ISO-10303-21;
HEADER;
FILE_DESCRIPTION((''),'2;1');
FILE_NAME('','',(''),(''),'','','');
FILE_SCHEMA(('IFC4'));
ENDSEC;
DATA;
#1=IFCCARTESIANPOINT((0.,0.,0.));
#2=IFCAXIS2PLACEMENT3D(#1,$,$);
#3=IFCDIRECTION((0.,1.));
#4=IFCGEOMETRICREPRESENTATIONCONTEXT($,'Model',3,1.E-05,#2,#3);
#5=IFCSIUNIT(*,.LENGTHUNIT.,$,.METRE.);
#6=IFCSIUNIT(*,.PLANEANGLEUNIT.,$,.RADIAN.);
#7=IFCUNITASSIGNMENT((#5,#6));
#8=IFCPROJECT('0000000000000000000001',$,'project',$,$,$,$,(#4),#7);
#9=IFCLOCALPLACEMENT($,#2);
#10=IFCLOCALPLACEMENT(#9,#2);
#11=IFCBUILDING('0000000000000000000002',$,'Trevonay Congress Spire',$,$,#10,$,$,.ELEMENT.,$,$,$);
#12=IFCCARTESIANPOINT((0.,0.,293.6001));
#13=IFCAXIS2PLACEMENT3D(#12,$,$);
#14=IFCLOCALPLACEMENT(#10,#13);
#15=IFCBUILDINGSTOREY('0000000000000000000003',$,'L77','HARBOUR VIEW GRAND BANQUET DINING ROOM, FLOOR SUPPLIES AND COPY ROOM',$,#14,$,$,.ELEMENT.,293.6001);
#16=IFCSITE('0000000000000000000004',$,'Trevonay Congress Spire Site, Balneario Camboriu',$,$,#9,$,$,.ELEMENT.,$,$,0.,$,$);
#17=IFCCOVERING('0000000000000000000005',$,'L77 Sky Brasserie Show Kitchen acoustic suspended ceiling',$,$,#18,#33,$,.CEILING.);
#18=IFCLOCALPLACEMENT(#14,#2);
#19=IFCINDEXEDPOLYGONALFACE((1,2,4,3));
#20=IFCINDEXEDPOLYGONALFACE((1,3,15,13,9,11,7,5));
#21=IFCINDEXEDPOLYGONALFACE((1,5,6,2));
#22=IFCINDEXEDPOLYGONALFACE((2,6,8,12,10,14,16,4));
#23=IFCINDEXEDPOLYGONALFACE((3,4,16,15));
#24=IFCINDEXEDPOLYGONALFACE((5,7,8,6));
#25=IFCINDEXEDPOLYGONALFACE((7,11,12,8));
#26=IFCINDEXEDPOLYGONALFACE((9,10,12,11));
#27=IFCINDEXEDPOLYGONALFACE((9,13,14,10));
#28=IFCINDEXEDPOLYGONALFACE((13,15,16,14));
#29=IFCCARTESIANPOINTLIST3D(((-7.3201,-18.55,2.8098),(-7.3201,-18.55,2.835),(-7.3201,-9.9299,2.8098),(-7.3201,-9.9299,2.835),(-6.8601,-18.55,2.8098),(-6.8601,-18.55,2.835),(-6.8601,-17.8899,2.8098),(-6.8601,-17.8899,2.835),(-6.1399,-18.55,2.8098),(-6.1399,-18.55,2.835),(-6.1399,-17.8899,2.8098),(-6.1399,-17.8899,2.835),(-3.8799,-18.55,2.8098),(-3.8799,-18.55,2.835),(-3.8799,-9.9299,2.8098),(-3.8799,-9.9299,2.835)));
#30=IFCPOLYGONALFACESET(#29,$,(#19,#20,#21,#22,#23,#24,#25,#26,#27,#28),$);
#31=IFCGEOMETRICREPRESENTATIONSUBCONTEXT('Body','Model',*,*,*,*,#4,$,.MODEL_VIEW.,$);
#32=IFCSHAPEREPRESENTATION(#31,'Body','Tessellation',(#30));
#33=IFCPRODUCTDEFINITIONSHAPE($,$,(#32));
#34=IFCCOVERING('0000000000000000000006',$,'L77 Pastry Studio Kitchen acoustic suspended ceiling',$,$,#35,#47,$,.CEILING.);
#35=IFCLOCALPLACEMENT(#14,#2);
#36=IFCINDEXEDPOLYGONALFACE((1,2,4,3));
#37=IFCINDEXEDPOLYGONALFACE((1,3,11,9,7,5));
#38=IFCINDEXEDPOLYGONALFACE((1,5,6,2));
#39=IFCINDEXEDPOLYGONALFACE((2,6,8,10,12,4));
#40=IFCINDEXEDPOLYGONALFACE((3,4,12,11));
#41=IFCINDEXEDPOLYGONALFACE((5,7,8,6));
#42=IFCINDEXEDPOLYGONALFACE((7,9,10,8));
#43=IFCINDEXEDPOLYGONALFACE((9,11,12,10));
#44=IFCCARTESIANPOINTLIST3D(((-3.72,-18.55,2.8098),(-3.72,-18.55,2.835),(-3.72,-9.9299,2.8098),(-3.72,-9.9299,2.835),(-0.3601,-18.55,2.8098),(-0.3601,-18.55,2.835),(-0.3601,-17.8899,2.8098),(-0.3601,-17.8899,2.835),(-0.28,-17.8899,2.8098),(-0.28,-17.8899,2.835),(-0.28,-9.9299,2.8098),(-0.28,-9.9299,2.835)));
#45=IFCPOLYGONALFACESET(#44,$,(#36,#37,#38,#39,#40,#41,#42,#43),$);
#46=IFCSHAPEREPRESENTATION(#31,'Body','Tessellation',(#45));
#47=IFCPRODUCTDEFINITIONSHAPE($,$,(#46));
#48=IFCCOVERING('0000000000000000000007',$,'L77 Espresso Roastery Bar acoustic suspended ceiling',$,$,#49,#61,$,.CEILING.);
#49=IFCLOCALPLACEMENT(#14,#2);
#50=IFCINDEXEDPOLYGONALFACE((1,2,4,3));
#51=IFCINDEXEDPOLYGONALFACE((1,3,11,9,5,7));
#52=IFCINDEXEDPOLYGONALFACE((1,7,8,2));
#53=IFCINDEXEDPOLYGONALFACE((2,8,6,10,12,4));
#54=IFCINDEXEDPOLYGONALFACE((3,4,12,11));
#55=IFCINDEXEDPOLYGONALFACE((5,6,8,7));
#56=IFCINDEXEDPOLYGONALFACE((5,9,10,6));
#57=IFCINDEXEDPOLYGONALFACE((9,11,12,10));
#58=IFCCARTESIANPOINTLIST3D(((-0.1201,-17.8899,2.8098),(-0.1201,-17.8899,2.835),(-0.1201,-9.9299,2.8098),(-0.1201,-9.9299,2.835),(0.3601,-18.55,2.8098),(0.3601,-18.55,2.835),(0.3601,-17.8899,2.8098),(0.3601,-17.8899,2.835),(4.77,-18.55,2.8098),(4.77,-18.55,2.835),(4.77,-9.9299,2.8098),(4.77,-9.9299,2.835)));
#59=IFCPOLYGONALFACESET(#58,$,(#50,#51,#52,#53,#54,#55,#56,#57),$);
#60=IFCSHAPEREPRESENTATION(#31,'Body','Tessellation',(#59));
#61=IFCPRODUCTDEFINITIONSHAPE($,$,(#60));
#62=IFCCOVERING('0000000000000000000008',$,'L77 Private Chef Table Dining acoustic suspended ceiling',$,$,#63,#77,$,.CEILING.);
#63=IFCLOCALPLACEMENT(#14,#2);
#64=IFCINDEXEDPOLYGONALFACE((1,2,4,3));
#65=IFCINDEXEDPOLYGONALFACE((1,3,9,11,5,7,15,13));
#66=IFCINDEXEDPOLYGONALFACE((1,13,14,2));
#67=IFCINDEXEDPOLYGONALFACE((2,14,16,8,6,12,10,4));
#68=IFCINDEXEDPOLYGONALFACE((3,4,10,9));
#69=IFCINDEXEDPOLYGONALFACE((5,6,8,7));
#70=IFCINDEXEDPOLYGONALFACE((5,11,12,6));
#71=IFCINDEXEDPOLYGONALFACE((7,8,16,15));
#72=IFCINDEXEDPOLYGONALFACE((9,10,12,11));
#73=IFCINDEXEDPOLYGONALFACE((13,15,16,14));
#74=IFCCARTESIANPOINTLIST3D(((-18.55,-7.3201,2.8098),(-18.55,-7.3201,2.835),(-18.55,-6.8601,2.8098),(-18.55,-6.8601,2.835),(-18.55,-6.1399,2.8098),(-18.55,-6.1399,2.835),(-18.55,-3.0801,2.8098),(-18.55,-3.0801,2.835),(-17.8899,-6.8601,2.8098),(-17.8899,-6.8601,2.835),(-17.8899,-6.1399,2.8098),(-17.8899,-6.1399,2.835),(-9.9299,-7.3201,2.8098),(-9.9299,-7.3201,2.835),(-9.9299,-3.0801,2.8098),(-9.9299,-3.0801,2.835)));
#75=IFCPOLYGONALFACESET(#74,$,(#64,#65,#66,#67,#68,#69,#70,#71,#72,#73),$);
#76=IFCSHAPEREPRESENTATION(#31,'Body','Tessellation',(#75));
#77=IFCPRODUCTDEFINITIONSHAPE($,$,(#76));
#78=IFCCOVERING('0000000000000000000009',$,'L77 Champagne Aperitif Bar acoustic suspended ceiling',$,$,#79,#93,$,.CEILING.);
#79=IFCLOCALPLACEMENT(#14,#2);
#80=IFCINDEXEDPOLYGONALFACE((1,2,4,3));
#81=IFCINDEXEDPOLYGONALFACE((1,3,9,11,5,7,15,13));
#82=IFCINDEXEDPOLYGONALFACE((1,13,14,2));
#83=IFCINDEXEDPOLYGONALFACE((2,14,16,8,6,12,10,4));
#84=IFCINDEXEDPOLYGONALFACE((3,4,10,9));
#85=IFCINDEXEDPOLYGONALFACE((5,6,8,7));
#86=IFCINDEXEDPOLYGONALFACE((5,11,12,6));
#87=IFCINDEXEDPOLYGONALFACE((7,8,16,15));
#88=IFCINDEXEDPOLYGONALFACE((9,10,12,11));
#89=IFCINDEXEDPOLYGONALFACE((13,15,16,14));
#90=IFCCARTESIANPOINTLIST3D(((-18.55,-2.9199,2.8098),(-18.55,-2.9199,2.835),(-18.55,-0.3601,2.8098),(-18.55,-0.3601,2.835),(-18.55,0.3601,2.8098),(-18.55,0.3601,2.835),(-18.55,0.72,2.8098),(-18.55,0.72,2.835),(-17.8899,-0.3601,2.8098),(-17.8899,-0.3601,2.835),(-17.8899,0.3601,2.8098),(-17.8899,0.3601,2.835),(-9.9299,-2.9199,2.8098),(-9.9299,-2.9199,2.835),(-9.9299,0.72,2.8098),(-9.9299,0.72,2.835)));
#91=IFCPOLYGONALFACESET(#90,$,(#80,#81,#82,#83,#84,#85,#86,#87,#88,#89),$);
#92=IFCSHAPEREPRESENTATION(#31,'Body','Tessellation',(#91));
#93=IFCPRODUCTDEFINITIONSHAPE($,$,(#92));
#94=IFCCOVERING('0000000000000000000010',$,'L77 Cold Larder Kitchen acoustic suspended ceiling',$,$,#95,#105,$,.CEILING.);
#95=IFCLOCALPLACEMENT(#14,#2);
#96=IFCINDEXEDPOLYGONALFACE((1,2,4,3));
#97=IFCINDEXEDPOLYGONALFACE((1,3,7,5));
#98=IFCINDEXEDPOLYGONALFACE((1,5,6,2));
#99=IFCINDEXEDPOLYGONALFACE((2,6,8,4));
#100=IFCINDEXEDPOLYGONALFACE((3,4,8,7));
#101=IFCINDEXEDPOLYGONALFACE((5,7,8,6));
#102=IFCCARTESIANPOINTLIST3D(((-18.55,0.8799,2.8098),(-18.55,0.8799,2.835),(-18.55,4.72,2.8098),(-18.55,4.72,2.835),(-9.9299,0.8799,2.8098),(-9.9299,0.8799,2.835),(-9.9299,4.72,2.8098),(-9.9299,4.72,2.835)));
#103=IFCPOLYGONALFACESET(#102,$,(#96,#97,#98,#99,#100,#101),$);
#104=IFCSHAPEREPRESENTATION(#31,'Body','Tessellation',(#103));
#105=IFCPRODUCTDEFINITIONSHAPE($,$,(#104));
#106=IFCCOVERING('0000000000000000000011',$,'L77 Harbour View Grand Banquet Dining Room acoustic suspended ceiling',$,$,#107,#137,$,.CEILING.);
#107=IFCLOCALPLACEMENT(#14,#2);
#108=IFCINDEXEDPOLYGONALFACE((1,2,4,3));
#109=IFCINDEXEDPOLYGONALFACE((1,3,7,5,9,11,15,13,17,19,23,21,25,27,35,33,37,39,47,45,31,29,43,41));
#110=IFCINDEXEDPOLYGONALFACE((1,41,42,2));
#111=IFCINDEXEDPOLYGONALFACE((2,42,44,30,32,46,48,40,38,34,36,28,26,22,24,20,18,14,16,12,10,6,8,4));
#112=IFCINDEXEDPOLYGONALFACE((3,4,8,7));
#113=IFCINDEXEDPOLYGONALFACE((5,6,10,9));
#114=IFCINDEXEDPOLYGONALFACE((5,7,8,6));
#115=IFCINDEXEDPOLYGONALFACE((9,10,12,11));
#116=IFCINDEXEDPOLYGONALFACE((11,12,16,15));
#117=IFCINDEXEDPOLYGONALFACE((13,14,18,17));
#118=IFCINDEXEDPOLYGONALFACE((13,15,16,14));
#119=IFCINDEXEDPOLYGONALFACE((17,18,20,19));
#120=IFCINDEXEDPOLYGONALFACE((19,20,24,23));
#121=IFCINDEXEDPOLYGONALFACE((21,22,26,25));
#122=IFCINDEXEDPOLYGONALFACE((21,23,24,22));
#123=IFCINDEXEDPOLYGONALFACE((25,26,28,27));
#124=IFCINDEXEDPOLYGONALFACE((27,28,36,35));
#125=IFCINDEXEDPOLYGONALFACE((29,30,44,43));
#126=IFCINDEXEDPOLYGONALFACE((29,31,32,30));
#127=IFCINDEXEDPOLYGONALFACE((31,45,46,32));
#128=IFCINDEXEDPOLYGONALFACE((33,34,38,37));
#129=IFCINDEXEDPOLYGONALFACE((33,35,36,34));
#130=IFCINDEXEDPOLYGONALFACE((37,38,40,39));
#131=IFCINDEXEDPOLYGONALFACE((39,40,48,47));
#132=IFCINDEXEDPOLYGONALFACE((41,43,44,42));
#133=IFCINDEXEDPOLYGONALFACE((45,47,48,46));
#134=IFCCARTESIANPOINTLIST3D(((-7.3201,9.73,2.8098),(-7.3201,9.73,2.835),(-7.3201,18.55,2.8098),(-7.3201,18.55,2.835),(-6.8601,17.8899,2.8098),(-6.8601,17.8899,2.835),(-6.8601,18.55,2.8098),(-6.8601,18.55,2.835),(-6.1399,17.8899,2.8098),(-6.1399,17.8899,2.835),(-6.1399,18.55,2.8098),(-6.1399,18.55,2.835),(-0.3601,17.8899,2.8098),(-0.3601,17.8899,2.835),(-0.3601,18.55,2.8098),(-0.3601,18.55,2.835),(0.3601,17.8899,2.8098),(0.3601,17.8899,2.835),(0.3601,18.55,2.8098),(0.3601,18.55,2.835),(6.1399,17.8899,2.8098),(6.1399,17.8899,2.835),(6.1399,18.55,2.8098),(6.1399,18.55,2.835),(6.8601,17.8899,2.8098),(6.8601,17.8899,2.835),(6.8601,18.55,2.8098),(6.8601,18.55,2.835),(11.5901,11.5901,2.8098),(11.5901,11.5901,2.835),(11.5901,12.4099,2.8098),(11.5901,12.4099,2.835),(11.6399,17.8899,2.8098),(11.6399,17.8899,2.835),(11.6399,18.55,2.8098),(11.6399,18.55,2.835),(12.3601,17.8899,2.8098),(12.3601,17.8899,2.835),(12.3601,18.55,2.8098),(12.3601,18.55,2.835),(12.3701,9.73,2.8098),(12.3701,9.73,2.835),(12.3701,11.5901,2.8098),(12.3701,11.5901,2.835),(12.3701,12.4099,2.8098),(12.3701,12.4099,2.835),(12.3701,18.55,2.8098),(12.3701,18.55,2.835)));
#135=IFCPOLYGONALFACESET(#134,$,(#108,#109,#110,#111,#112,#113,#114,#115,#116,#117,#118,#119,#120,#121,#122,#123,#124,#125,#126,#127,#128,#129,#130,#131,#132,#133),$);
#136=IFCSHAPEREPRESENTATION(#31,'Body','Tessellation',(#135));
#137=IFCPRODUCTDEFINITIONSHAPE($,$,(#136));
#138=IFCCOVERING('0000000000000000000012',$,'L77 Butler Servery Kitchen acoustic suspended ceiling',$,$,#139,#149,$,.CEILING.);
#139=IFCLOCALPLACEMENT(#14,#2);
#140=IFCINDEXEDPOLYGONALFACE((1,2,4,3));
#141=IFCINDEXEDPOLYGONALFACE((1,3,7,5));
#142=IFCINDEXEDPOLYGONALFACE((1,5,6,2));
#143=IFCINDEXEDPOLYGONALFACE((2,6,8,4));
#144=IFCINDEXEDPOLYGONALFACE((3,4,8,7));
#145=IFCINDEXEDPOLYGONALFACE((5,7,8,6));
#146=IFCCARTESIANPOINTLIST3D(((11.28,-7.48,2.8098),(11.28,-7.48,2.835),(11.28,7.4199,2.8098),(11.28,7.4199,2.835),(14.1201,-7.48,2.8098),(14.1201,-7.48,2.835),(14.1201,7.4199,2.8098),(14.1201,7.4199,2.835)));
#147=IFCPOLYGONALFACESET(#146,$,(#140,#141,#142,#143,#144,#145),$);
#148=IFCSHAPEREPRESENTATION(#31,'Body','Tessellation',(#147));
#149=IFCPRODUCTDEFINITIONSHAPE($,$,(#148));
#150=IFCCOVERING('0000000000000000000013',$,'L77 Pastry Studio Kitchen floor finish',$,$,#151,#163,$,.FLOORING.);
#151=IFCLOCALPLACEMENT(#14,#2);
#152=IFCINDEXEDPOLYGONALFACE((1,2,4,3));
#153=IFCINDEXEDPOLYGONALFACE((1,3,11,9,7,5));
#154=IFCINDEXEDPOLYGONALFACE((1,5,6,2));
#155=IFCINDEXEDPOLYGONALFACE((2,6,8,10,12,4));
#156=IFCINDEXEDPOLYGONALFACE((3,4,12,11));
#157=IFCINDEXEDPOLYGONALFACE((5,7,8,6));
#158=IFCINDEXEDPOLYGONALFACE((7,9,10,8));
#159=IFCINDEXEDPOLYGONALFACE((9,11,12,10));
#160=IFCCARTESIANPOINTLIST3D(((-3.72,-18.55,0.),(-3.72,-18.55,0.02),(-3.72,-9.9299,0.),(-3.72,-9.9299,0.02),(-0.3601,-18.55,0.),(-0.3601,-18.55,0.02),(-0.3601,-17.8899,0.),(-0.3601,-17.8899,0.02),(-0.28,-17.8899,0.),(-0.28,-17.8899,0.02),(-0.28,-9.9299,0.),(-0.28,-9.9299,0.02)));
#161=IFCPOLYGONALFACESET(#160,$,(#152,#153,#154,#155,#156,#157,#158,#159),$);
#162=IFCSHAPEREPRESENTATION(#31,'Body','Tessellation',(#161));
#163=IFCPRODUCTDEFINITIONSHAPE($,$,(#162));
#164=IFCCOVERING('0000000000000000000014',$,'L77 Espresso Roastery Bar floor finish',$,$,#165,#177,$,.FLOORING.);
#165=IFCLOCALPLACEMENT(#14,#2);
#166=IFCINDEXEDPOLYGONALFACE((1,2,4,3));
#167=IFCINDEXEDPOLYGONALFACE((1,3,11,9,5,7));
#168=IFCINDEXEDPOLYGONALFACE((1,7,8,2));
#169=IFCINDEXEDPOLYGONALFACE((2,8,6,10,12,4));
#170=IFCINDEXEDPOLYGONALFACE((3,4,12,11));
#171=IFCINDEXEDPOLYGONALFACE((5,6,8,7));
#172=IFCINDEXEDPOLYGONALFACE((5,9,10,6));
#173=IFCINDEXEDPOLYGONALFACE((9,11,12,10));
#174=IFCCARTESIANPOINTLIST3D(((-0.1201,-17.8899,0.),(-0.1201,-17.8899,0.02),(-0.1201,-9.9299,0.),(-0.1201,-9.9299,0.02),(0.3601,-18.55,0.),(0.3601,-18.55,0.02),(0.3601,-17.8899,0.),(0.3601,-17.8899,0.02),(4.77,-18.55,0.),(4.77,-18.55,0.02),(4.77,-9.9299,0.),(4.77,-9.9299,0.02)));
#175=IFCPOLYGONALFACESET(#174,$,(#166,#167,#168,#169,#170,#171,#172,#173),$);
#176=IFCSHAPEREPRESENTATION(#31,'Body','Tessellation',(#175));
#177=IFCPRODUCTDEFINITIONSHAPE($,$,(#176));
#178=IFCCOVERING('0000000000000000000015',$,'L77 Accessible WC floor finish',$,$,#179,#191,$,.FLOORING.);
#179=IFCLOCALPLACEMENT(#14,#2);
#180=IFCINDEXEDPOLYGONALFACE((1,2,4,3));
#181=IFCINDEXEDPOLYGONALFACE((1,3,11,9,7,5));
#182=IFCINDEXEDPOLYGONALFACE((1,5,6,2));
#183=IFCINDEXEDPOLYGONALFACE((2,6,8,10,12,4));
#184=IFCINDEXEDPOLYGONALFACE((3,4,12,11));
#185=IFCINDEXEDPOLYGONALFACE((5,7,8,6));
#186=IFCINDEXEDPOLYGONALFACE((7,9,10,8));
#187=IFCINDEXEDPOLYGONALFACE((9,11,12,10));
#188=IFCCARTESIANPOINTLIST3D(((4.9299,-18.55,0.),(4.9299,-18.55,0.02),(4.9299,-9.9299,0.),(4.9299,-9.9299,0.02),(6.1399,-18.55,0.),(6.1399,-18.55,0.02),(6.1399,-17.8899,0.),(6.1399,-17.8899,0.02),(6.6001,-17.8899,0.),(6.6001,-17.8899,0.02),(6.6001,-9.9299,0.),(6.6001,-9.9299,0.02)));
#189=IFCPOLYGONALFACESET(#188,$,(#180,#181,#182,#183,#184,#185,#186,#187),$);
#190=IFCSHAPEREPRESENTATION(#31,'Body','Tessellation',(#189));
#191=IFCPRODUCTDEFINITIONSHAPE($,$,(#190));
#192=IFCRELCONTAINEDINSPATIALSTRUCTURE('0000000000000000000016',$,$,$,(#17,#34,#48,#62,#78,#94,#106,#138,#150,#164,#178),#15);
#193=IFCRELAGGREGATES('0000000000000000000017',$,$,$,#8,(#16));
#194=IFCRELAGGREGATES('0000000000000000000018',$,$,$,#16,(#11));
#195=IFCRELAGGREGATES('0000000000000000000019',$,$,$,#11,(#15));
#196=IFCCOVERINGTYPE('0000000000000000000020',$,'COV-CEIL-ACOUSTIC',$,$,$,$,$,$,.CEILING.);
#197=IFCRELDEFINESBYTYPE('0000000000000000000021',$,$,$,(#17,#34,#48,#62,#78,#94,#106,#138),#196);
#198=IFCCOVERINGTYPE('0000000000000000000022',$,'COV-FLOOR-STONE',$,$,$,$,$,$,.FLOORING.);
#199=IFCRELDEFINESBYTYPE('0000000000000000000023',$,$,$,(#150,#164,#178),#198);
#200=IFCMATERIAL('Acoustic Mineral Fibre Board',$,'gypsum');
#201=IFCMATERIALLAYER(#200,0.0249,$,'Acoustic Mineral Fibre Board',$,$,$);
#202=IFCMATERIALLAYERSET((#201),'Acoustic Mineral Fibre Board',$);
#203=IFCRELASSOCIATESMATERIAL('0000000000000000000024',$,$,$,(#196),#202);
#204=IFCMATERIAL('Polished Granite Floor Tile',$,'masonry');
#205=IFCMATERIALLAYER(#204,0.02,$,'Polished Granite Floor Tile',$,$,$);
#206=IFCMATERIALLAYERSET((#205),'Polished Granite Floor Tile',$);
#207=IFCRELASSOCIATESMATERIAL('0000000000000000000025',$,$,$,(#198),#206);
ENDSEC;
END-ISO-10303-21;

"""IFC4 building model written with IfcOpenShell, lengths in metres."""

from ifc_helpers import new_model, si_unit, direction, frame, origin, place, context, subcontext, project, spatial, polyline, outline, extrude, material, layer, layer_set, type_object, element, save


model = new_model("IFC4")

# Units and contexts
model_context = context("Model", 3, precision=1e-05, world=origin(), true_north=direction((0.0, 1.0)))
body_context = subcontext(model_context, "Body", "Model", "MODEL_VIEW")
ifc_project = project(units=[si_unit("LENGTHUNIT", "METRE"), si_unit("PLANEANGLEUNIT", "RADIAN")], contexts=[model_context])

# Site, building, storey
site_placement = place(None, origin())
site = spatial("IfcSite", under=ifc_project, at=site_placement, Name="Trevonay Congress Spire Site, Balneario Camboriu", CompositionType="ELEMENT", RefElevation=0.0)
building_placement = place(site_placement, origin())
building = spatial("IfcBuilding", under=site, at=building_placement, Name="Trevonay Congress Spire", CompositionType="ELEMENT")
storey_placement = place(building_placement, frame((0.0, 0.0, 293.6001)))
storey = spatial("IfcBuildingStorey", under=building, at=storey_placement, Name="L77", Description="HARBOUR VIEW GRAND BANQUET DINING ROOM, FLOOR SUPPLIES AND COPY ROOM", CompositionType="ELEMENT", Elevation=293.6001)

# Coverings
ifc_material_1 = material(Name="Acoustic Mineral Fibre Board", Category="gypsum")
ifc_layer_1 = layer(ifc_material_1, 0.0249, Name="Acoustic Mineral Fibre Board")
ifc_layer_set_1 = layer_set([ifc_layer_1], Name="Acoustic Mineral Fibre Board")
covering_type_1 = type_object("IfcCoveringType", Name="COV-CEIL-ACOUSTIC", PredefinedType="CEILING", material=ifc_layer_set_1)
covering_1_placement = place(storey_placement, frame((0.0, 0.0, 2.8098)))
element("IfcCovering", 1, at=covering_1_placement, inside=storey, type_object=covering_type_1, Name="L77 Sky Brasserie Show Kitchen acoustic suspended ceiling", PredefinedType="CEILING", context=body_context, shape_type="SweptSolid", body=[
    extrude(outline(polyline([(-7.3201, -18.55), (-7.3201, -9.9299), (-3.8799, -9.9299), (-3.8799, -18.55), (-6.1399, -18.55), (-6.1399, -17.8899), (-6.8601, -17.8899), (-6.8601, -18.55), (-7.3201, -18.55)])), origin(), (0.0, 0.0, 1.0), 0.0251),
])
covering_2_placement = place(storey_placement, frame((0.0, 0.0, 2.8098)))
element("IfcCovering", 2, at=covering_2_placement, inside=storey, type_object=covering_type_1, Name="L77 Pastry Studio Kitchen acoustic suspended ceiling", PredefinedType="CEILING", context=body_context, shape_type="SweptSolid", body=[
    extrude(outline(polyline([(-3.72, -18.55), (-3.72, -9.9299), (-0.28, -9.9299), (-0.28, -17.8899), (-0.3601, -17.8899), (-0.3601, -18.55), (-3.72, -18.55)])), origin(), (0.0, 0.0, 1.0), 0.0251),
])
covering_3_placement = place(storey_placement, frame((0.0, 0.0, 2.8098)))
element("IfcCovering", 3, at=covering_3_placement, inside=storey, type_object=covering_type_1, Name="L77 Espresso Roastery Bar acoustic suspended ceiling", PredefinedType="CEILING", context=body_context, shape_type="SweptSolid", body=[
    extrude(outline(polyline([(-0.1201, -9.9299), (4.77, -9.9299), (4.77, -18.55), (0.3601, -18.55), (0.3601, -17.8899), (-0.1201, -17.8899), (-0.1201, -9.9299)])), origin(), (0.0, 0.0, 1.0), 0.0251),
])
covering_4_placement = place(storey_placement, frame((0.0, 0.0, 2.8098)))
element("IfcCovering", 4, at=covering_4_placement, inside=storey, type_object=covering_type_1, Name="L77 Private Chef Table Dining acoustic suspended ceiling", PredefinedType="CEILING", context=body_context, shape_type="SweptSolid", body=[
    extrude(outline(polyline([(-18.55, -3.0801), (-9.9299, -3.0801), (-9.9299, -7.3201), (-18.55, -7.3201), (-18.55, -6.8601), (-17.8899, -6.8601), (-17.8899, -6.1399), (-18.55, -6.1399), (-18.55, -3.0801)])), origin(), (0.0, 0.0, 1.0), 0.0251),
])
covering_5_placement = place(storey_placement, frame((0.0, 0.0, 2.8098)))
element("IfcCovering", 5, at=covering_5_placement, inside=storey, type_object=covering_type_1, Name="L77 Champagne Aperitif Bar acoustic suspended ceiling", PredefinedType="CEILING", context=body_context, shape_type="SweptSolid", body=[
    extrude(outline(polyline([(-18.55, 0.72), (-9.9299, 0.72), (-9.9299, -2.9199), (-18.55, -2.9199), (-18.55, -0.3601), (-17.8899, -0.3601), (-17.8899, 0.3601), (-18.55, 0.3601), (-18.55, 0.72)])), origin(), (0.0, 0.0, 1.0), 0.0251),
])
covering_6_placement = place(storey_placement, frame((0.0, 0.0, 2.8098)))
element("IfcCovering", 6, at=covering_6_placement, inside=storey, type_object=covering_type_1, Name="L77 Cold Larder Kitchen acoustic suspended ceiling", PredefinedType="CEILING", context=body_context, shape_type="SweptSolid", body=[
    extrude(outline(polyline([(-18.55, 0.8799), (-9.9299, 0.8799), (-9.9299, 4.72), (-18.55, 4.72), (-18.55, 0.8799)])), origin(), (0.0, 0.0, 1.0), 0.0251),
])
covering_7_placement = place(storey_placement, frame((0.0, 0.0, 2.8098)))
element("IfcCovering", 7, at=covering_7_placement, inside=storey, type_object=covering_type_1, Name="L77 Harbour View Grand Banquet Dining Room acoustic suspended ceiling", PredefinedType="CEILING", context=body_context, shape_type="SweptSolid", body=[
    extrude(outline(polyline([(12.3701, 9.73), (-7.3201, 9.73), (-7.3201, 18.55), (-6.8601, 18.55), (-6.8601, 17.8899), (-6.1399, 17.8899), (-6.1399, 18.55), (-0.3601, 18.55), (-0.3601, 17.8899), (0.3601, 17.8899), (0.3601, 18.55), (6.1399, 18.55), (6.1399, 17.8899), (6.8601, 17.8899), (6.8601, 18.55), (11.6399, 18.55), (11.6399, 17.8899), (12.3601, 17.8899), (12.3601, 18.55), (12.3701, 18.55), (12.3701, 12.4099), (11.5901, 12.4099), (11.5901, 11.5901), (12.3701, 11.5901), (12.3701, 9.73)])), origin(), (0.0, 0.0, 1.0), 0.0251),
])
covering_8_placement = place(storey_placement, frame((0.0, 0.0, 2.8098)))
element("IfcCovering", 8, at=covering_8_placement, inside=storey, type_object=covering_type_1, Name="L77 Butler Servery Kitchen acoustic suspended ceiling", PredefinedType="CEILING", context=body_context, shape_type="SweptSolid", body=[
    extrude(outline(polyline([(11.28, -7.48), (14.1201, -7.48), (14.1201, 7.4199), (11.28, 7.4199), (11.28, -7.48)])), origin(), (0.0, 0.0, 1.0), 0.0251),
])
ifc_material_2 = material(Name="Polished Granite Floor Tile", Category="masonry")
ifc_layer_2 = layer(ifc_material_2, 0.02, Name="Polished Granite Floor Tile")
ifc_layer_set_2 = layer_set([ifc_layer_2], Name="Polished Granite Floor Tile")
covering_type_2 = type_object("IfcCoveringType", Name="COV-FLOOR-STONE", PredefinedType="FLOORING", material=ifc_layer_set_2)
covering_9_placement = place(storey_placement, origin())
element("IfcCovering", 9, at=covering_9_placement, inside=storey, type_object=covering_type_2, Name="L77 Pastry Studio Kitchen floor finish", PredefinedType="FLOORING", context=body_context, shape_type="SweptSolid", body=[
    extrude(outline(polyline([(-3.72, -18.55), (-3.72, -9.9299), (-0.28, -9.9299), (-0.28, -17.8899), (-0.3601, -17.8899), (-0.3601, -18.55), (-3.72, -18.55)])), origin(), (0.0, 0.0, 1.0), 0.02),
])
covering_10_placement = place(storey_placement, origin())
element("IfcCovering", 10, at=covering_10_placement, inside=storey, type_object=covering_type_2, Name="L77 Espresso Roastery Bar floor finish", PredefinedType="FLOORING", context=body_context, shape_type="SweptSolid", body=[
    extrude(outline(polyline([(-0.1201, -9.9299), (4.77, -9.9299), (4.77, -18.55), (0.3601, -18.55), (0.3601, -17.8899), (-0.1201, -17.8899), (-0.1201, -9.9299)])), origin(), (0.0, 0.0, 1.0), 0.02),
])
covering_11_placement = place(storey_placement, origin())
element("IfcCovering", 11, at=covering_11_placement, inside=storey, type_object=covering_type_2, Name="L77 Accessible WC floor finish", PredefinedType="FLOORING", context=body_context, shape_type="SweptSolid", body=[
    extrude(outline(polyline([(4.9299, -18.55), (4.9299, -9.9299), (6.6001, -9.9299), (6.6001, -17.8899), (6.1399, -17.8899), (6.1399, -18.55), (4.9299, -18.55)])), origin(), (0.0, 0.0, 1.0), 0.02),
])

save(model, "model.ifc")
